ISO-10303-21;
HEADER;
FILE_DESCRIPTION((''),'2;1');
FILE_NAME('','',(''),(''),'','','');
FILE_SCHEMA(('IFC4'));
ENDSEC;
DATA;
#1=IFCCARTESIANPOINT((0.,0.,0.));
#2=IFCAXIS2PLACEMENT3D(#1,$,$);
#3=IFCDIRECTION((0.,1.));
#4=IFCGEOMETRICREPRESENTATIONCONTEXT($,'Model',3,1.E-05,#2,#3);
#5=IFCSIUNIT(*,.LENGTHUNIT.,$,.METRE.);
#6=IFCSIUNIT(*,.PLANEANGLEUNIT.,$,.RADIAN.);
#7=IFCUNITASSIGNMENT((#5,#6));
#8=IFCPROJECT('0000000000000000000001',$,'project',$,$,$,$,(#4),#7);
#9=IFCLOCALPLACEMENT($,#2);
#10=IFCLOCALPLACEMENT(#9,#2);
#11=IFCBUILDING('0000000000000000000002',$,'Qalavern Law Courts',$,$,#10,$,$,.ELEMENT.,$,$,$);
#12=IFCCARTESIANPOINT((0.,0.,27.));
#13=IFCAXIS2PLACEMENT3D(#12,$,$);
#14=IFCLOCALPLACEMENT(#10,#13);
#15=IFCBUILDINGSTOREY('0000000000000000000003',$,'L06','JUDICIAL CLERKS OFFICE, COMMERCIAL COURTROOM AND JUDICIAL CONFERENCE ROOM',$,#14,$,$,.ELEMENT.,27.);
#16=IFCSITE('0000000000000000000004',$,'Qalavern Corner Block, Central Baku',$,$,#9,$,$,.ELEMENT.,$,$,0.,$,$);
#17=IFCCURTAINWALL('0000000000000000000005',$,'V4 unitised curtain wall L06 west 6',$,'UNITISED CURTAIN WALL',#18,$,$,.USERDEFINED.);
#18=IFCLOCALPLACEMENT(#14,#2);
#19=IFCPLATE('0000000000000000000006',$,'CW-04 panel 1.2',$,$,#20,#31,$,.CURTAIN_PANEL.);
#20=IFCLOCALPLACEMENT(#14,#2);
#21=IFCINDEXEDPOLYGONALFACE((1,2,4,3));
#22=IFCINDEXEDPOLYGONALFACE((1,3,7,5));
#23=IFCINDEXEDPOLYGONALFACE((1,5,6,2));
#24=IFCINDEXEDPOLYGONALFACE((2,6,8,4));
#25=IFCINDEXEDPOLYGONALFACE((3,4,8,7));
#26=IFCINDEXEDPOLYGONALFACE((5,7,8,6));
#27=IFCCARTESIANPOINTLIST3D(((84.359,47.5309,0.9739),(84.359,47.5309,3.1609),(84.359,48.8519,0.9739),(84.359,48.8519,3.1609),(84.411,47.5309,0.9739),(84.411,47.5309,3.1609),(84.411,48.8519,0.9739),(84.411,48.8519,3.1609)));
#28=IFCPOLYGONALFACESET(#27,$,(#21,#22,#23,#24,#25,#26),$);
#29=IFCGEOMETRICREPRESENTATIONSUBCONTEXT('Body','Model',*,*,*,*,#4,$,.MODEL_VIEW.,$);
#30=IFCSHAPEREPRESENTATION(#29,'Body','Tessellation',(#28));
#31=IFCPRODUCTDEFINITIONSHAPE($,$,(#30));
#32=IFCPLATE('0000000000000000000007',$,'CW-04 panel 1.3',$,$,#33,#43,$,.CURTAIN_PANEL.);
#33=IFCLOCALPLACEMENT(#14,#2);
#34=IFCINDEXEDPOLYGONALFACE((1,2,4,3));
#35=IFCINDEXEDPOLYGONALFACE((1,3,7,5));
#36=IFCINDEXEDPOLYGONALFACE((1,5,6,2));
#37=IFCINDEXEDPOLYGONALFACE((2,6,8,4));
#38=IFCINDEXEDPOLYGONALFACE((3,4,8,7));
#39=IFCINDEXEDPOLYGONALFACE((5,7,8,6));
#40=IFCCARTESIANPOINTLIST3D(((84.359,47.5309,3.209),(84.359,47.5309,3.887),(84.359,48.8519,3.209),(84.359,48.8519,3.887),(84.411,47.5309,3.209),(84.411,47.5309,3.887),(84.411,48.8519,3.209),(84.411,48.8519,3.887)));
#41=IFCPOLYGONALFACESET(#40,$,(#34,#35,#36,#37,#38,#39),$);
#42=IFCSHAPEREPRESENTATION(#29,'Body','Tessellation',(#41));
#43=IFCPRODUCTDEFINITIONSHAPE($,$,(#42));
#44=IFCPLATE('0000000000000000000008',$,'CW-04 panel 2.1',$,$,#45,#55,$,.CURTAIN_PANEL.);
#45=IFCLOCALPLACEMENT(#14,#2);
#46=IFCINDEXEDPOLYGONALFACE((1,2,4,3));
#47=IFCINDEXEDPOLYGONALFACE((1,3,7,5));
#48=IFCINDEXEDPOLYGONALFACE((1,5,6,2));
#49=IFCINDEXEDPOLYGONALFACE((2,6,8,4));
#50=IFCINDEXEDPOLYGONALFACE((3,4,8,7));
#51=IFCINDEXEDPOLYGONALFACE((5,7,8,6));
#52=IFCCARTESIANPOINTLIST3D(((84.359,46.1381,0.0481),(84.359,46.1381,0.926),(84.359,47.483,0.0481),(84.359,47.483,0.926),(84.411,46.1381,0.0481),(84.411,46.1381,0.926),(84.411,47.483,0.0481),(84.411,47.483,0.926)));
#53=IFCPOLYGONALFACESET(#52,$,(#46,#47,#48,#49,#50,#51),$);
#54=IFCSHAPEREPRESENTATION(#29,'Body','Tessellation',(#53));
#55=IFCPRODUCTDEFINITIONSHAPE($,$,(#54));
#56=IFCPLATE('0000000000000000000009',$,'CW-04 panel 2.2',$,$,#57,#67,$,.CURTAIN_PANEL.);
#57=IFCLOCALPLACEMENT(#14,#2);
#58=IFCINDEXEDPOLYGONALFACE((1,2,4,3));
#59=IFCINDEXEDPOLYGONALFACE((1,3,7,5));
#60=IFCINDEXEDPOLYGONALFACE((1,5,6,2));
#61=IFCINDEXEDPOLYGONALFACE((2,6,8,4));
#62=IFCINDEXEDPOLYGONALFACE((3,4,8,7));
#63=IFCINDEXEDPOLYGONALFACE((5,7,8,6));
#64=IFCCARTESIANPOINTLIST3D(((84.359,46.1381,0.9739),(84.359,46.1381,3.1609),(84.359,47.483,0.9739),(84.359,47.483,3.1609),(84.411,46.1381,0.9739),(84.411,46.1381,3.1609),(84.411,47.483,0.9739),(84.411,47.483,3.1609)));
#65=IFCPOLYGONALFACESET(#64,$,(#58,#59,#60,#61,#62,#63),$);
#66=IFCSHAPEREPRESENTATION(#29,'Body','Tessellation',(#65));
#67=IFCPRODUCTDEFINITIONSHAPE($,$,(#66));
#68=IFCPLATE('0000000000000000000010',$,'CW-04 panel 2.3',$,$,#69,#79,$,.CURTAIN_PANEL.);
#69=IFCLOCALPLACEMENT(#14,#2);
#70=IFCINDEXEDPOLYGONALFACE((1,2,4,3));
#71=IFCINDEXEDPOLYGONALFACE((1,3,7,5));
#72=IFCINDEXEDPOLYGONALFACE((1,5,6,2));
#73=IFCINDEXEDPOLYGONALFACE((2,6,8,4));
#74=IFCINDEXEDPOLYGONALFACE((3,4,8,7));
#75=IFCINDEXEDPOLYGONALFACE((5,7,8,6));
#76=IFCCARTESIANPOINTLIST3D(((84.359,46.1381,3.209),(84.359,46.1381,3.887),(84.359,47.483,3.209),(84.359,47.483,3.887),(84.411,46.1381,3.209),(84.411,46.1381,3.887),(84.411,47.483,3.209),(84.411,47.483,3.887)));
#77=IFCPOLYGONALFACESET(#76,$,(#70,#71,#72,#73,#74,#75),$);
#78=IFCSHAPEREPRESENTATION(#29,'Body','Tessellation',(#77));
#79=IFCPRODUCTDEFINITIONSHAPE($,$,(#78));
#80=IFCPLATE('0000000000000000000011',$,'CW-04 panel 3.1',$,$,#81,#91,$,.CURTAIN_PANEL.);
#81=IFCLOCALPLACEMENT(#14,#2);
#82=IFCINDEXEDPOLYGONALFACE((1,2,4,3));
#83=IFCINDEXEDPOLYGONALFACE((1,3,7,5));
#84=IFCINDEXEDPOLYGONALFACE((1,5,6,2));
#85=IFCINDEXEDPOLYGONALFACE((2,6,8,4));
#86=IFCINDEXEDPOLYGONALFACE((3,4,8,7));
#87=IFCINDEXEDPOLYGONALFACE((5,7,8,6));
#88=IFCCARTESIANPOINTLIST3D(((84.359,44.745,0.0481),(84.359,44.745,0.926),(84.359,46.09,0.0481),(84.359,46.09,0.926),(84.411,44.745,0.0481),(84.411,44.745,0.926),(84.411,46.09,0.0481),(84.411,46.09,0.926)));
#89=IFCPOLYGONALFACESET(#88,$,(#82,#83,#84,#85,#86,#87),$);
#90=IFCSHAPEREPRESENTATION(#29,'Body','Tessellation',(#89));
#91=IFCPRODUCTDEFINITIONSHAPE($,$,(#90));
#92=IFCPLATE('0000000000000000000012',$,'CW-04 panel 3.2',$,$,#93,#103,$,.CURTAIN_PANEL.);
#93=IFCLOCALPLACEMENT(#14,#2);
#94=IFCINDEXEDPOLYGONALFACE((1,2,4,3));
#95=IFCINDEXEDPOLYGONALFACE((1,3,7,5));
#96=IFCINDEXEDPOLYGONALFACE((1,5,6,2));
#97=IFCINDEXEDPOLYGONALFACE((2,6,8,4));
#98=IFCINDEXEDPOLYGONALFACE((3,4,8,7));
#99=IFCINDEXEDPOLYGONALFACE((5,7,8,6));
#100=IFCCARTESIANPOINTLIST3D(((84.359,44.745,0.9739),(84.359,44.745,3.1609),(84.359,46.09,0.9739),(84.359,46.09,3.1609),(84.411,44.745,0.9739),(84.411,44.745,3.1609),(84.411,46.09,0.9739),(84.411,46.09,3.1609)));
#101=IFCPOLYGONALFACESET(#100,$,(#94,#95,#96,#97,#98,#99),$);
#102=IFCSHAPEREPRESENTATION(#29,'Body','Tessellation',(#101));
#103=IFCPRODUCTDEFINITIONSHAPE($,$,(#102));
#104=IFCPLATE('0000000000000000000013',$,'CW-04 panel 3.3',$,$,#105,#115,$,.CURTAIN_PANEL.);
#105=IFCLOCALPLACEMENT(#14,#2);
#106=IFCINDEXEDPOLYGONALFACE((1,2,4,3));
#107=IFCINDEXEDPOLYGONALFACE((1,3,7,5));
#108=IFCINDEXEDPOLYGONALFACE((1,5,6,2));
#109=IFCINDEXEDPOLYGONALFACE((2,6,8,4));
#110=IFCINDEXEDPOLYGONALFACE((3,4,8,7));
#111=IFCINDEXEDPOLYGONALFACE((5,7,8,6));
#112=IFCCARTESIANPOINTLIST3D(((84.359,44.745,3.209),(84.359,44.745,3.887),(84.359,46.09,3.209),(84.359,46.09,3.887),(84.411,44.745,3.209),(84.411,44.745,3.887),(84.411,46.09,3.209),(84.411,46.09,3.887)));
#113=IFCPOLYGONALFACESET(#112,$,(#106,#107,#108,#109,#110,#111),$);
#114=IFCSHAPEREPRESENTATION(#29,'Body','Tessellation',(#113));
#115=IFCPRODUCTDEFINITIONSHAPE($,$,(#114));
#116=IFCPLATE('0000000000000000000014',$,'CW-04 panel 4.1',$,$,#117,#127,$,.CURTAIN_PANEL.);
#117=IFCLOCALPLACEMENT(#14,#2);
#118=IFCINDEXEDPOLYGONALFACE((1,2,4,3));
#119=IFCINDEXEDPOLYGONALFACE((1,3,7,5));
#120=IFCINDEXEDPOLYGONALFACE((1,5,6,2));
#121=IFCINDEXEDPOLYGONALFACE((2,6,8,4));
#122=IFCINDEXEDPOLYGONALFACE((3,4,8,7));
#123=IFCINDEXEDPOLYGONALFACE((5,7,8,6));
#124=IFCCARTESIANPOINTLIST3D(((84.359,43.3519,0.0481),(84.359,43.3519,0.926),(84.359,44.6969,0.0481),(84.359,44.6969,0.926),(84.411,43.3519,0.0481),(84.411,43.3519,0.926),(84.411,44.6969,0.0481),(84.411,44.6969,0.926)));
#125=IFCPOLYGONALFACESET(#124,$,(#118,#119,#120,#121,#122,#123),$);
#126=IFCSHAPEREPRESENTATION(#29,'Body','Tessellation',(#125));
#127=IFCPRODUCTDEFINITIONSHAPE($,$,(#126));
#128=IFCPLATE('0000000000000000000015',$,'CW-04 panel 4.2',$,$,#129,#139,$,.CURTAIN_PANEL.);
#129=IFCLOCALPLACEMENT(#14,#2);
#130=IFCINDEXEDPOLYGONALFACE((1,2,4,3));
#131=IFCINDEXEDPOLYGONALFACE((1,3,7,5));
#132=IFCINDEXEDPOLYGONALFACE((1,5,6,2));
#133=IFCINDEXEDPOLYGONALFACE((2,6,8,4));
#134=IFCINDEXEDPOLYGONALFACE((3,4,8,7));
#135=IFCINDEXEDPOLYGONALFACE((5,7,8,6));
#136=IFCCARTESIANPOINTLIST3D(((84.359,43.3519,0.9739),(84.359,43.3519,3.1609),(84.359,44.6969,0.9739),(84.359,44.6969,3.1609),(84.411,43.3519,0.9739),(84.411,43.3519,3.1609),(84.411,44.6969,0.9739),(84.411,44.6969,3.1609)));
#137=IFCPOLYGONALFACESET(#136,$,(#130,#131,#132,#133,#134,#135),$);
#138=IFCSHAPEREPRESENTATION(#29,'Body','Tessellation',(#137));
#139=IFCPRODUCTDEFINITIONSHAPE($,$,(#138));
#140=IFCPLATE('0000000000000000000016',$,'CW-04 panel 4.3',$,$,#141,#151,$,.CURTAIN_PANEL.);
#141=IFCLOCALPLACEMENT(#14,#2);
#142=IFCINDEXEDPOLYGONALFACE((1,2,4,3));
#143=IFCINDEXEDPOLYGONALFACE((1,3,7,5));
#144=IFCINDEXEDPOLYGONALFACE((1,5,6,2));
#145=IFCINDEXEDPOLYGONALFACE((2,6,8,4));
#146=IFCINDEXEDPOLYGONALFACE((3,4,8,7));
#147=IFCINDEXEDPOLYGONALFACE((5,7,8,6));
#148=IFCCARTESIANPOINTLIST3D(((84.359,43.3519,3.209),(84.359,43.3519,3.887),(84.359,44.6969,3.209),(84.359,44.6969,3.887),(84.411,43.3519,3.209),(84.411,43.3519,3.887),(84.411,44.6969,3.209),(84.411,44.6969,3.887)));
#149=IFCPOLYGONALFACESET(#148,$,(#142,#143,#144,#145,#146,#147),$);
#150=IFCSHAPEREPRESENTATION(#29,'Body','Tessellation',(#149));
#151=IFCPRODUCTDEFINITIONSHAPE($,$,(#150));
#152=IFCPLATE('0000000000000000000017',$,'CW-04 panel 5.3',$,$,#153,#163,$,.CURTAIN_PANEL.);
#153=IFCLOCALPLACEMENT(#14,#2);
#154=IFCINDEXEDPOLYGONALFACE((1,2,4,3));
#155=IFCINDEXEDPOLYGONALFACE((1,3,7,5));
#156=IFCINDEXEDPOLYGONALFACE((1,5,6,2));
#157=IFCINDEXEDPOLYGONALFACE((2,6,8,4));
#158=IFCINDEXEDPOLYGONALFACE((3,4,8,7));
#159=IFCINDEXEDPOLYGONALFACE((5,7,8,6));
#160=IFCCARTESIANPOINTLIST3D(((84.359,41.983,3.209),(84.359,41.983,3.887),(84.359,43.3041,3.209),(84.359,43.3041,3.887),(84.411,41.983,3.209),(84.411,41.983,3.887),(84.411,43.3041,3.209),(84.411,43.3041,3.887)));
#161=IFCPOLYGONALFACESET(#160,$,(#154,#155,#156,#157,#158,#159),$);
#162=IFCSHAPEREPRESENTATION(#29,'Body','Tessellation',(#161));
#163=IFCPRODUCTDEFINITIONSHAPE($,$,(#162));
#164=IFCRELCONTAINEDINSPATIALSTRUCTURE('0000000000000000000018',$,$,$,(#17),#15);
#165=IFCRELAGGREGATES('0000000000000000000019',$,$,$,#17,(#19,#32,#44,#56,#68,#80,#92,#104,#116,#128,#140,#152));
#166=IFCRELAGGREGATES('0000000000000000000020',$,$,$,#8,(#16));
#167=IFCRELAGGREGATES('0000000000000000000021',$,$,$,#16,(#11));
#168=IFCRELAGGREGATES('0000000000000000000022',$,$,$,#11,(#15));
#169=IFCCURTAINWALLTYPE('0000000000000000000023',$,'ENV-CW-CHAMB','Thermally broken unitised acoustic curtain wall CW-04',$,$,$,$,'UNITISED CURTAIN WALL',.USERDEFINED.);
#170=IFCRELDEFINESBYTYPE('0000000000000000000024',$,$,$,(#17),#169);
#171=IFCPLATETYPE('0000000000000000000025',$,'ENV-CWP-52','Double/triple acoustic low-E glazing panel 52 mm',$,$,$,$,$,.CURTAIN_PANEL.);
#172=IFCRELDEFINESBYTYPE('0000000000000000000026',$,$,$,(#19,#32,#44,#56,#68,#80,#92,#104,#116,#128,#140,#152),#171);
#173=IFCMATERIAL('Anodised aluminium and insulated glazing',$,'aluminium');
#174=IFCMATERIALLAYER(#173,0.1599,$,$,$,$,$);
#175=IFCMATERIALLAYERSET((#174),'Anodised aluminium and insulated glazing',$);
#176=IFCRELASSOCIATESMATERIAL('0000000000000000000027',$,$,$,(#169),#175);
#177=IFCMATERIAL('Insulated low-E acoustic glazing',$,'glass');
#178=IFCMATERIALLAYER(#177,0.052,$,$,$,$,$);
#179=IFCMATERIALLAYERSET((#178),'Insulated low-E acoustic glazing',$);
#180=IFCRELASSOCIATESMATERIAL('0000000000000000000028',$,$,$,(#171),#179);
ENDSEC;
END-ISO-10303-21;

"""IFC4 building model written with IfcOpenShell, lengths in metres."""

from ifc_helpers import new_model, si_unit, direction, frame, origin, origin_2d, place, context, subcontext, project, spatial, rectangle, extrude, material, layer, layer_set, type_object, element, aggregate, save


model = new_model("IFC4")

# Units and contexts
model_context = context("Model", 3, precision=1e-05, world=origin(), true_north=direction((0.0, 1.0)))
body_context = subcontext(model_context, "Body", "Model", "MODEL_VIEW")
ifc_project = project(units=[si_unit("LENGTHUNIT", "METRE"), si_unit("PLANEANGLEUNIT", "RADIAN")], contexts=[model_context])

# Site, building, storey
site_placement = place(None, origin())
site = spatial("IfcSite", under=ifc_project, at=site_placement, Name="Qalavern Corner Block, Central Baku", CompositionType="ELEMENT", RefElevation=0.0)
building_placement = place(site_placement, origin())
building = spatial("IfcBuilding", under=site, at=building_placement, Name="Qalavern Law Courts", CompositionType="ELEMENT")
storey_placement = place(building_placement, frame((0.0, 0.0, 27.0)))
storey = spatial("IfcBuildingStorey", under=building, at=storey_placement, Name="L06", Description="JUDICIAL CLERKS OFFICE, COMMERCIAL COURTROOM AND JUDICIAL CONFERENCE ROOM", CompositionType="ELEMENT", Elevation=27.0)

# Curtain wall, plates
ifc_material_1 = material(Name="Anodised aluminium and insulated glazing", Category="aluminium")
ifc_layer_1 = layer(ifc_material_1, 0.1599)
ifc_layer_set_1 = layer_set([ifc_layer_1], Name="Anodised aluminium and insulated glazing")
curtain_wall_type = type_object("IfcCurtainWallType", Name="ENV-CW-CHAMB", Description="Thermally broken unitised acoustic curtain wall CW-04", ElementType="UNITISED CURTAIN WALL", PredefinedType="USERDEFINED", material=ifc_layer_set_1)
curtain_wall_placement = place(storey_placement, origin())
curtain_wall = element("IfcCurtainWall", 1, at=curtain_wall_placement, inside=storey, type_object=curtain_wall_type, Name="V4 unitised curtain wall L06 west 6", ObjectType="UNITISED CURTAIN WALL", PredefinedType="USERDEFINED")
ifc_material_2 = material(Name="Insulated low-E acoustic glazing", Category="glass")
ifc_layer_2 = layer(ifc_material_2, 0.052)
ifc_layer_set_2 = layer_set([ifc_layer_2], Name="Insulated low-E acoustic glazing")
plate_type = type_object("IfcPlateType", Name="ENV-CWP-52", Description="Double/triple acoustic low-E glazing panel 52 mm", PredefinedType="CURTAIN_PANEL", material=ifc_layer_set_2)
plate_1_placement = place(storey_placement, frame((84.385, 48.1914, 0.9739), z_axis=(0.0, 0.0, 1.0), x_axis=(0.0, -1.0, 0.0)))
plate_1 = element("IfcPlate", 2, at=plate_1_placement, type_object=plate_type, Name="CW-04 panel 1.2", PredefinedType="CURTAIN_PANEL", context=body_context, shape_type="SweptSolid", body=[
    extrude(rectangle(XDim=1.321, YDim=0.052, at=origin_2d()), origin(), (0.0, 0.0, 1.0), 2.187),
])
plate_2_placement = place(storey_placement, frame((84.385, 48.1914, 3.209), z_axis=(0.0, 0.0, 1.0), x_axis=(0.0, -1.0, 0.0)))
plate_2 = element("IfcPlate", 3, at=plate_2_placement, type_object=plate_type, Name="CW-04 panel 1.3", PredefinedType="CURTAIN_PANEL", context=body_context, shape_type="SweptSolid", body=[
    extrude(rectangle(XDim=1.321, YDim=0.052, at=origin_2d()), origin(), (0.0, 0.0, 1.0), 0.678),
])
plate_3_placement = place(storey_placement, frame((84.385, 46.8105, 0.0481), z_axis=(0.0, 0.0, 1.0), x_axis=(0.0, -1.0, 0.0)))
plate_3 = element("IfcPlate", 4, at=plate_3_placement, type_object=plate_type, Name="CW-04 panel 2.1", PredefinedType="CURTAIN_PANEL", context=body_context, shape_type="SweptSolid", body=[
    extrude(rectangle(XDim=1.345, YDim=0.052, at=origin_2d()), origin(), (0.0, 0.0, 1.0), 0.8779),
])
plate_4_placement = place(storey_placement, frame((84.385, 46.8105, 0.9739), z_axis=(0.0, 0.0, 1.0), x_axis=(0.0, -1.0, 0.0)))
plate_4 = element("IfcPlate", 5, at=plate_4_placement, type_object=plate_type, Name="CW-04 panel 2.2", PredefinedType="CURTAIN_PANEL", context=body_context, shape_type="SweptSolid", body=[
    extrude(rectangle(XDim=1.345, YDim=0.052, at=origin_2d()), origin(), (0.0, 0.0, 1.0), 2.187),
])
plate_5_placement = place(storey_placement, frame((84.385, 46.8105, 3.209), z_axis=(0.0, 0.0, 1.0), x_axis=(0.0, -1.0, 0.0)))
plate_5 = element("IfcPlate", 6, at=plate_5_placement, type_object=plate_type, Name="CW-04 panel 2.3", PredefinedType="CURTAIN_PANEL", context=body_context, shape_type="SweptSolid", body=[
    extrude(rectangle(XDim=1.345, YDim=0.052, at=origin_2d()), origin(), (0.0, 0.0, 1.0), 0.678),
])
plate_6_placement = place(storey_placement, frame((84.385, 45.4175, 0.0481), z_axis=(0.0, 0.0, 1.0), x_axis=(0.0, -1.0, 0.0)))
plate_6 = element("IfcPlate", 7, at=plate_6_placement, type_object=plate_type, Name="CW-04 panel 3.1", PredefinedType="CURTAIN_PANEL", context=body_context, shape_type="SweptSolid", body=[
    extrude(rectangle(XDim=1.345, YDim=0.052, at=origin_2d()), origin(), (0.0, 0.0, 1.0), 0.8779),
])
plate_7_placement = place(storey_placement, frame((84.385, 45.4175, 0.9739), z_axis=(0.0, 0.0, 1.0), x_axis=(0.0, -1.0, 0.0)))
plate_7 = element("IfcPlate", 8, at=plate_7_placement, type_object=plate_type, Name="CW-04 panel 3.2", PredefinedType="CURTAIN_PANEL", context=body_context, shape_type="SweptSolid", body=[
    extrude(rectangle(XDim=1.345, YDim=0.052, at=origin_2d()), origin(), (0.0, 0.0, 1.0), 2.187),
])
plate_8_placement = place(storey_placement, frame((84.385, 45.4175, 3.209), z_axis=(0.0, 0.0, 1.0), x_axis=(0.0, -1.0, 0.0)))
plate_8 = element("IfcPlate", 9, at=plate_8_placement, type_object=plate_type, Name="CW-04 panel 3.3", PredefinedType="CURTAIN_PANEL", context=body_context, shape_type="SweptSolid", body=[
    extrude(rectangle(XDim=1.345, YDim=0.052, at=origin_2d()), origin(), (0.0, 0.0, 1.0), 0.678),
])
plate_9_placement = place(storey_placement, frame((84.385, 44.0244, 0.0481), z_axis=(0.0, 0.0, 1.0), x_axis=(0.0, -1.0, 0.0)))
plate_9 = element("IfcPlate", 10, at=plate_9_placement, type_object=plate_type, Name="CW-04 panel 4.1", PredefinedType="CURTAIN_PANEL", context=body_context, shape_type="SweptSolid", body=[
    extrude(rectangle(XDim=1.345, YDim=0.052, at=origin_2d()), origin(), (0.0, 0.0, 1.0), 0.8779),
])
plate_10_placement = place(storey_placement, frame((84.385, 44.0244, 0.9739), z_axis=(0.0, 0.0, 1.0), x_axis=(0.0, -1.0, 0.0)))
plate_10 = element("IfcPlate", 11, at=plate_10_placement, type_object=plate_type, Name="CW-04 panel 4.2", PredefinedType="CURTAIN_PANEL", context=body_context, shape_type="SweptSolid", body=[
    extrude(rectangle(XDim=1.345, YDim=0.052, at=origin_2d()), origin(), (0.0, 0.0, 1.0), 2.187),
])
plate_11_placement = place(storey_placement, frame((84.385, 44.0244, 3.209), z_axis=(0.0, 0.0, 1.0), x_axis=(0.0, -1.0, 0.0)))
plate_11 = element("IfcPlate", 12, at=plate_11_placement, type_object=plate_type, Name="CW-04 panel 4.3", PredefinedType="CURTAIN_PANEL", context=body_context, shape_type="SweptSolid", body=[
    extrude(rectangle(XDim=1.345, YDim=0.052, at=origin_2d()), origin(), (0.0, 0.0, 1.0), 0.678),
])
plate_12_placement = place(storey_placement, frame((84.385, 42.6436, 3.209), z_axis=(0.0, 0.0, 1.0), x_axis=(0.0, -1.0, 0.0)))
plate_12 = element("IfcPlate", 13, at=plate_12_placement, type_object=plate_type, Name="CW-04 panel 5.3", PredefinedType="CURTAIN_PANEL", context=body_context, shape_type="SweptSolid", body=[
    extrude(rectangle(XDim=1.321, YDim=0.052, at=origin_2d()), origin(), (0.0, 0.0, 1.0), 0.678),
])
aggregate(curtain_wall, [plate_1, plate_2, plate_3, plate_4, plate_5, plate_6, plate_7, plate_8, plate_9, plate_10, plate_11, plate_12])

save(model, "model.ifc")
